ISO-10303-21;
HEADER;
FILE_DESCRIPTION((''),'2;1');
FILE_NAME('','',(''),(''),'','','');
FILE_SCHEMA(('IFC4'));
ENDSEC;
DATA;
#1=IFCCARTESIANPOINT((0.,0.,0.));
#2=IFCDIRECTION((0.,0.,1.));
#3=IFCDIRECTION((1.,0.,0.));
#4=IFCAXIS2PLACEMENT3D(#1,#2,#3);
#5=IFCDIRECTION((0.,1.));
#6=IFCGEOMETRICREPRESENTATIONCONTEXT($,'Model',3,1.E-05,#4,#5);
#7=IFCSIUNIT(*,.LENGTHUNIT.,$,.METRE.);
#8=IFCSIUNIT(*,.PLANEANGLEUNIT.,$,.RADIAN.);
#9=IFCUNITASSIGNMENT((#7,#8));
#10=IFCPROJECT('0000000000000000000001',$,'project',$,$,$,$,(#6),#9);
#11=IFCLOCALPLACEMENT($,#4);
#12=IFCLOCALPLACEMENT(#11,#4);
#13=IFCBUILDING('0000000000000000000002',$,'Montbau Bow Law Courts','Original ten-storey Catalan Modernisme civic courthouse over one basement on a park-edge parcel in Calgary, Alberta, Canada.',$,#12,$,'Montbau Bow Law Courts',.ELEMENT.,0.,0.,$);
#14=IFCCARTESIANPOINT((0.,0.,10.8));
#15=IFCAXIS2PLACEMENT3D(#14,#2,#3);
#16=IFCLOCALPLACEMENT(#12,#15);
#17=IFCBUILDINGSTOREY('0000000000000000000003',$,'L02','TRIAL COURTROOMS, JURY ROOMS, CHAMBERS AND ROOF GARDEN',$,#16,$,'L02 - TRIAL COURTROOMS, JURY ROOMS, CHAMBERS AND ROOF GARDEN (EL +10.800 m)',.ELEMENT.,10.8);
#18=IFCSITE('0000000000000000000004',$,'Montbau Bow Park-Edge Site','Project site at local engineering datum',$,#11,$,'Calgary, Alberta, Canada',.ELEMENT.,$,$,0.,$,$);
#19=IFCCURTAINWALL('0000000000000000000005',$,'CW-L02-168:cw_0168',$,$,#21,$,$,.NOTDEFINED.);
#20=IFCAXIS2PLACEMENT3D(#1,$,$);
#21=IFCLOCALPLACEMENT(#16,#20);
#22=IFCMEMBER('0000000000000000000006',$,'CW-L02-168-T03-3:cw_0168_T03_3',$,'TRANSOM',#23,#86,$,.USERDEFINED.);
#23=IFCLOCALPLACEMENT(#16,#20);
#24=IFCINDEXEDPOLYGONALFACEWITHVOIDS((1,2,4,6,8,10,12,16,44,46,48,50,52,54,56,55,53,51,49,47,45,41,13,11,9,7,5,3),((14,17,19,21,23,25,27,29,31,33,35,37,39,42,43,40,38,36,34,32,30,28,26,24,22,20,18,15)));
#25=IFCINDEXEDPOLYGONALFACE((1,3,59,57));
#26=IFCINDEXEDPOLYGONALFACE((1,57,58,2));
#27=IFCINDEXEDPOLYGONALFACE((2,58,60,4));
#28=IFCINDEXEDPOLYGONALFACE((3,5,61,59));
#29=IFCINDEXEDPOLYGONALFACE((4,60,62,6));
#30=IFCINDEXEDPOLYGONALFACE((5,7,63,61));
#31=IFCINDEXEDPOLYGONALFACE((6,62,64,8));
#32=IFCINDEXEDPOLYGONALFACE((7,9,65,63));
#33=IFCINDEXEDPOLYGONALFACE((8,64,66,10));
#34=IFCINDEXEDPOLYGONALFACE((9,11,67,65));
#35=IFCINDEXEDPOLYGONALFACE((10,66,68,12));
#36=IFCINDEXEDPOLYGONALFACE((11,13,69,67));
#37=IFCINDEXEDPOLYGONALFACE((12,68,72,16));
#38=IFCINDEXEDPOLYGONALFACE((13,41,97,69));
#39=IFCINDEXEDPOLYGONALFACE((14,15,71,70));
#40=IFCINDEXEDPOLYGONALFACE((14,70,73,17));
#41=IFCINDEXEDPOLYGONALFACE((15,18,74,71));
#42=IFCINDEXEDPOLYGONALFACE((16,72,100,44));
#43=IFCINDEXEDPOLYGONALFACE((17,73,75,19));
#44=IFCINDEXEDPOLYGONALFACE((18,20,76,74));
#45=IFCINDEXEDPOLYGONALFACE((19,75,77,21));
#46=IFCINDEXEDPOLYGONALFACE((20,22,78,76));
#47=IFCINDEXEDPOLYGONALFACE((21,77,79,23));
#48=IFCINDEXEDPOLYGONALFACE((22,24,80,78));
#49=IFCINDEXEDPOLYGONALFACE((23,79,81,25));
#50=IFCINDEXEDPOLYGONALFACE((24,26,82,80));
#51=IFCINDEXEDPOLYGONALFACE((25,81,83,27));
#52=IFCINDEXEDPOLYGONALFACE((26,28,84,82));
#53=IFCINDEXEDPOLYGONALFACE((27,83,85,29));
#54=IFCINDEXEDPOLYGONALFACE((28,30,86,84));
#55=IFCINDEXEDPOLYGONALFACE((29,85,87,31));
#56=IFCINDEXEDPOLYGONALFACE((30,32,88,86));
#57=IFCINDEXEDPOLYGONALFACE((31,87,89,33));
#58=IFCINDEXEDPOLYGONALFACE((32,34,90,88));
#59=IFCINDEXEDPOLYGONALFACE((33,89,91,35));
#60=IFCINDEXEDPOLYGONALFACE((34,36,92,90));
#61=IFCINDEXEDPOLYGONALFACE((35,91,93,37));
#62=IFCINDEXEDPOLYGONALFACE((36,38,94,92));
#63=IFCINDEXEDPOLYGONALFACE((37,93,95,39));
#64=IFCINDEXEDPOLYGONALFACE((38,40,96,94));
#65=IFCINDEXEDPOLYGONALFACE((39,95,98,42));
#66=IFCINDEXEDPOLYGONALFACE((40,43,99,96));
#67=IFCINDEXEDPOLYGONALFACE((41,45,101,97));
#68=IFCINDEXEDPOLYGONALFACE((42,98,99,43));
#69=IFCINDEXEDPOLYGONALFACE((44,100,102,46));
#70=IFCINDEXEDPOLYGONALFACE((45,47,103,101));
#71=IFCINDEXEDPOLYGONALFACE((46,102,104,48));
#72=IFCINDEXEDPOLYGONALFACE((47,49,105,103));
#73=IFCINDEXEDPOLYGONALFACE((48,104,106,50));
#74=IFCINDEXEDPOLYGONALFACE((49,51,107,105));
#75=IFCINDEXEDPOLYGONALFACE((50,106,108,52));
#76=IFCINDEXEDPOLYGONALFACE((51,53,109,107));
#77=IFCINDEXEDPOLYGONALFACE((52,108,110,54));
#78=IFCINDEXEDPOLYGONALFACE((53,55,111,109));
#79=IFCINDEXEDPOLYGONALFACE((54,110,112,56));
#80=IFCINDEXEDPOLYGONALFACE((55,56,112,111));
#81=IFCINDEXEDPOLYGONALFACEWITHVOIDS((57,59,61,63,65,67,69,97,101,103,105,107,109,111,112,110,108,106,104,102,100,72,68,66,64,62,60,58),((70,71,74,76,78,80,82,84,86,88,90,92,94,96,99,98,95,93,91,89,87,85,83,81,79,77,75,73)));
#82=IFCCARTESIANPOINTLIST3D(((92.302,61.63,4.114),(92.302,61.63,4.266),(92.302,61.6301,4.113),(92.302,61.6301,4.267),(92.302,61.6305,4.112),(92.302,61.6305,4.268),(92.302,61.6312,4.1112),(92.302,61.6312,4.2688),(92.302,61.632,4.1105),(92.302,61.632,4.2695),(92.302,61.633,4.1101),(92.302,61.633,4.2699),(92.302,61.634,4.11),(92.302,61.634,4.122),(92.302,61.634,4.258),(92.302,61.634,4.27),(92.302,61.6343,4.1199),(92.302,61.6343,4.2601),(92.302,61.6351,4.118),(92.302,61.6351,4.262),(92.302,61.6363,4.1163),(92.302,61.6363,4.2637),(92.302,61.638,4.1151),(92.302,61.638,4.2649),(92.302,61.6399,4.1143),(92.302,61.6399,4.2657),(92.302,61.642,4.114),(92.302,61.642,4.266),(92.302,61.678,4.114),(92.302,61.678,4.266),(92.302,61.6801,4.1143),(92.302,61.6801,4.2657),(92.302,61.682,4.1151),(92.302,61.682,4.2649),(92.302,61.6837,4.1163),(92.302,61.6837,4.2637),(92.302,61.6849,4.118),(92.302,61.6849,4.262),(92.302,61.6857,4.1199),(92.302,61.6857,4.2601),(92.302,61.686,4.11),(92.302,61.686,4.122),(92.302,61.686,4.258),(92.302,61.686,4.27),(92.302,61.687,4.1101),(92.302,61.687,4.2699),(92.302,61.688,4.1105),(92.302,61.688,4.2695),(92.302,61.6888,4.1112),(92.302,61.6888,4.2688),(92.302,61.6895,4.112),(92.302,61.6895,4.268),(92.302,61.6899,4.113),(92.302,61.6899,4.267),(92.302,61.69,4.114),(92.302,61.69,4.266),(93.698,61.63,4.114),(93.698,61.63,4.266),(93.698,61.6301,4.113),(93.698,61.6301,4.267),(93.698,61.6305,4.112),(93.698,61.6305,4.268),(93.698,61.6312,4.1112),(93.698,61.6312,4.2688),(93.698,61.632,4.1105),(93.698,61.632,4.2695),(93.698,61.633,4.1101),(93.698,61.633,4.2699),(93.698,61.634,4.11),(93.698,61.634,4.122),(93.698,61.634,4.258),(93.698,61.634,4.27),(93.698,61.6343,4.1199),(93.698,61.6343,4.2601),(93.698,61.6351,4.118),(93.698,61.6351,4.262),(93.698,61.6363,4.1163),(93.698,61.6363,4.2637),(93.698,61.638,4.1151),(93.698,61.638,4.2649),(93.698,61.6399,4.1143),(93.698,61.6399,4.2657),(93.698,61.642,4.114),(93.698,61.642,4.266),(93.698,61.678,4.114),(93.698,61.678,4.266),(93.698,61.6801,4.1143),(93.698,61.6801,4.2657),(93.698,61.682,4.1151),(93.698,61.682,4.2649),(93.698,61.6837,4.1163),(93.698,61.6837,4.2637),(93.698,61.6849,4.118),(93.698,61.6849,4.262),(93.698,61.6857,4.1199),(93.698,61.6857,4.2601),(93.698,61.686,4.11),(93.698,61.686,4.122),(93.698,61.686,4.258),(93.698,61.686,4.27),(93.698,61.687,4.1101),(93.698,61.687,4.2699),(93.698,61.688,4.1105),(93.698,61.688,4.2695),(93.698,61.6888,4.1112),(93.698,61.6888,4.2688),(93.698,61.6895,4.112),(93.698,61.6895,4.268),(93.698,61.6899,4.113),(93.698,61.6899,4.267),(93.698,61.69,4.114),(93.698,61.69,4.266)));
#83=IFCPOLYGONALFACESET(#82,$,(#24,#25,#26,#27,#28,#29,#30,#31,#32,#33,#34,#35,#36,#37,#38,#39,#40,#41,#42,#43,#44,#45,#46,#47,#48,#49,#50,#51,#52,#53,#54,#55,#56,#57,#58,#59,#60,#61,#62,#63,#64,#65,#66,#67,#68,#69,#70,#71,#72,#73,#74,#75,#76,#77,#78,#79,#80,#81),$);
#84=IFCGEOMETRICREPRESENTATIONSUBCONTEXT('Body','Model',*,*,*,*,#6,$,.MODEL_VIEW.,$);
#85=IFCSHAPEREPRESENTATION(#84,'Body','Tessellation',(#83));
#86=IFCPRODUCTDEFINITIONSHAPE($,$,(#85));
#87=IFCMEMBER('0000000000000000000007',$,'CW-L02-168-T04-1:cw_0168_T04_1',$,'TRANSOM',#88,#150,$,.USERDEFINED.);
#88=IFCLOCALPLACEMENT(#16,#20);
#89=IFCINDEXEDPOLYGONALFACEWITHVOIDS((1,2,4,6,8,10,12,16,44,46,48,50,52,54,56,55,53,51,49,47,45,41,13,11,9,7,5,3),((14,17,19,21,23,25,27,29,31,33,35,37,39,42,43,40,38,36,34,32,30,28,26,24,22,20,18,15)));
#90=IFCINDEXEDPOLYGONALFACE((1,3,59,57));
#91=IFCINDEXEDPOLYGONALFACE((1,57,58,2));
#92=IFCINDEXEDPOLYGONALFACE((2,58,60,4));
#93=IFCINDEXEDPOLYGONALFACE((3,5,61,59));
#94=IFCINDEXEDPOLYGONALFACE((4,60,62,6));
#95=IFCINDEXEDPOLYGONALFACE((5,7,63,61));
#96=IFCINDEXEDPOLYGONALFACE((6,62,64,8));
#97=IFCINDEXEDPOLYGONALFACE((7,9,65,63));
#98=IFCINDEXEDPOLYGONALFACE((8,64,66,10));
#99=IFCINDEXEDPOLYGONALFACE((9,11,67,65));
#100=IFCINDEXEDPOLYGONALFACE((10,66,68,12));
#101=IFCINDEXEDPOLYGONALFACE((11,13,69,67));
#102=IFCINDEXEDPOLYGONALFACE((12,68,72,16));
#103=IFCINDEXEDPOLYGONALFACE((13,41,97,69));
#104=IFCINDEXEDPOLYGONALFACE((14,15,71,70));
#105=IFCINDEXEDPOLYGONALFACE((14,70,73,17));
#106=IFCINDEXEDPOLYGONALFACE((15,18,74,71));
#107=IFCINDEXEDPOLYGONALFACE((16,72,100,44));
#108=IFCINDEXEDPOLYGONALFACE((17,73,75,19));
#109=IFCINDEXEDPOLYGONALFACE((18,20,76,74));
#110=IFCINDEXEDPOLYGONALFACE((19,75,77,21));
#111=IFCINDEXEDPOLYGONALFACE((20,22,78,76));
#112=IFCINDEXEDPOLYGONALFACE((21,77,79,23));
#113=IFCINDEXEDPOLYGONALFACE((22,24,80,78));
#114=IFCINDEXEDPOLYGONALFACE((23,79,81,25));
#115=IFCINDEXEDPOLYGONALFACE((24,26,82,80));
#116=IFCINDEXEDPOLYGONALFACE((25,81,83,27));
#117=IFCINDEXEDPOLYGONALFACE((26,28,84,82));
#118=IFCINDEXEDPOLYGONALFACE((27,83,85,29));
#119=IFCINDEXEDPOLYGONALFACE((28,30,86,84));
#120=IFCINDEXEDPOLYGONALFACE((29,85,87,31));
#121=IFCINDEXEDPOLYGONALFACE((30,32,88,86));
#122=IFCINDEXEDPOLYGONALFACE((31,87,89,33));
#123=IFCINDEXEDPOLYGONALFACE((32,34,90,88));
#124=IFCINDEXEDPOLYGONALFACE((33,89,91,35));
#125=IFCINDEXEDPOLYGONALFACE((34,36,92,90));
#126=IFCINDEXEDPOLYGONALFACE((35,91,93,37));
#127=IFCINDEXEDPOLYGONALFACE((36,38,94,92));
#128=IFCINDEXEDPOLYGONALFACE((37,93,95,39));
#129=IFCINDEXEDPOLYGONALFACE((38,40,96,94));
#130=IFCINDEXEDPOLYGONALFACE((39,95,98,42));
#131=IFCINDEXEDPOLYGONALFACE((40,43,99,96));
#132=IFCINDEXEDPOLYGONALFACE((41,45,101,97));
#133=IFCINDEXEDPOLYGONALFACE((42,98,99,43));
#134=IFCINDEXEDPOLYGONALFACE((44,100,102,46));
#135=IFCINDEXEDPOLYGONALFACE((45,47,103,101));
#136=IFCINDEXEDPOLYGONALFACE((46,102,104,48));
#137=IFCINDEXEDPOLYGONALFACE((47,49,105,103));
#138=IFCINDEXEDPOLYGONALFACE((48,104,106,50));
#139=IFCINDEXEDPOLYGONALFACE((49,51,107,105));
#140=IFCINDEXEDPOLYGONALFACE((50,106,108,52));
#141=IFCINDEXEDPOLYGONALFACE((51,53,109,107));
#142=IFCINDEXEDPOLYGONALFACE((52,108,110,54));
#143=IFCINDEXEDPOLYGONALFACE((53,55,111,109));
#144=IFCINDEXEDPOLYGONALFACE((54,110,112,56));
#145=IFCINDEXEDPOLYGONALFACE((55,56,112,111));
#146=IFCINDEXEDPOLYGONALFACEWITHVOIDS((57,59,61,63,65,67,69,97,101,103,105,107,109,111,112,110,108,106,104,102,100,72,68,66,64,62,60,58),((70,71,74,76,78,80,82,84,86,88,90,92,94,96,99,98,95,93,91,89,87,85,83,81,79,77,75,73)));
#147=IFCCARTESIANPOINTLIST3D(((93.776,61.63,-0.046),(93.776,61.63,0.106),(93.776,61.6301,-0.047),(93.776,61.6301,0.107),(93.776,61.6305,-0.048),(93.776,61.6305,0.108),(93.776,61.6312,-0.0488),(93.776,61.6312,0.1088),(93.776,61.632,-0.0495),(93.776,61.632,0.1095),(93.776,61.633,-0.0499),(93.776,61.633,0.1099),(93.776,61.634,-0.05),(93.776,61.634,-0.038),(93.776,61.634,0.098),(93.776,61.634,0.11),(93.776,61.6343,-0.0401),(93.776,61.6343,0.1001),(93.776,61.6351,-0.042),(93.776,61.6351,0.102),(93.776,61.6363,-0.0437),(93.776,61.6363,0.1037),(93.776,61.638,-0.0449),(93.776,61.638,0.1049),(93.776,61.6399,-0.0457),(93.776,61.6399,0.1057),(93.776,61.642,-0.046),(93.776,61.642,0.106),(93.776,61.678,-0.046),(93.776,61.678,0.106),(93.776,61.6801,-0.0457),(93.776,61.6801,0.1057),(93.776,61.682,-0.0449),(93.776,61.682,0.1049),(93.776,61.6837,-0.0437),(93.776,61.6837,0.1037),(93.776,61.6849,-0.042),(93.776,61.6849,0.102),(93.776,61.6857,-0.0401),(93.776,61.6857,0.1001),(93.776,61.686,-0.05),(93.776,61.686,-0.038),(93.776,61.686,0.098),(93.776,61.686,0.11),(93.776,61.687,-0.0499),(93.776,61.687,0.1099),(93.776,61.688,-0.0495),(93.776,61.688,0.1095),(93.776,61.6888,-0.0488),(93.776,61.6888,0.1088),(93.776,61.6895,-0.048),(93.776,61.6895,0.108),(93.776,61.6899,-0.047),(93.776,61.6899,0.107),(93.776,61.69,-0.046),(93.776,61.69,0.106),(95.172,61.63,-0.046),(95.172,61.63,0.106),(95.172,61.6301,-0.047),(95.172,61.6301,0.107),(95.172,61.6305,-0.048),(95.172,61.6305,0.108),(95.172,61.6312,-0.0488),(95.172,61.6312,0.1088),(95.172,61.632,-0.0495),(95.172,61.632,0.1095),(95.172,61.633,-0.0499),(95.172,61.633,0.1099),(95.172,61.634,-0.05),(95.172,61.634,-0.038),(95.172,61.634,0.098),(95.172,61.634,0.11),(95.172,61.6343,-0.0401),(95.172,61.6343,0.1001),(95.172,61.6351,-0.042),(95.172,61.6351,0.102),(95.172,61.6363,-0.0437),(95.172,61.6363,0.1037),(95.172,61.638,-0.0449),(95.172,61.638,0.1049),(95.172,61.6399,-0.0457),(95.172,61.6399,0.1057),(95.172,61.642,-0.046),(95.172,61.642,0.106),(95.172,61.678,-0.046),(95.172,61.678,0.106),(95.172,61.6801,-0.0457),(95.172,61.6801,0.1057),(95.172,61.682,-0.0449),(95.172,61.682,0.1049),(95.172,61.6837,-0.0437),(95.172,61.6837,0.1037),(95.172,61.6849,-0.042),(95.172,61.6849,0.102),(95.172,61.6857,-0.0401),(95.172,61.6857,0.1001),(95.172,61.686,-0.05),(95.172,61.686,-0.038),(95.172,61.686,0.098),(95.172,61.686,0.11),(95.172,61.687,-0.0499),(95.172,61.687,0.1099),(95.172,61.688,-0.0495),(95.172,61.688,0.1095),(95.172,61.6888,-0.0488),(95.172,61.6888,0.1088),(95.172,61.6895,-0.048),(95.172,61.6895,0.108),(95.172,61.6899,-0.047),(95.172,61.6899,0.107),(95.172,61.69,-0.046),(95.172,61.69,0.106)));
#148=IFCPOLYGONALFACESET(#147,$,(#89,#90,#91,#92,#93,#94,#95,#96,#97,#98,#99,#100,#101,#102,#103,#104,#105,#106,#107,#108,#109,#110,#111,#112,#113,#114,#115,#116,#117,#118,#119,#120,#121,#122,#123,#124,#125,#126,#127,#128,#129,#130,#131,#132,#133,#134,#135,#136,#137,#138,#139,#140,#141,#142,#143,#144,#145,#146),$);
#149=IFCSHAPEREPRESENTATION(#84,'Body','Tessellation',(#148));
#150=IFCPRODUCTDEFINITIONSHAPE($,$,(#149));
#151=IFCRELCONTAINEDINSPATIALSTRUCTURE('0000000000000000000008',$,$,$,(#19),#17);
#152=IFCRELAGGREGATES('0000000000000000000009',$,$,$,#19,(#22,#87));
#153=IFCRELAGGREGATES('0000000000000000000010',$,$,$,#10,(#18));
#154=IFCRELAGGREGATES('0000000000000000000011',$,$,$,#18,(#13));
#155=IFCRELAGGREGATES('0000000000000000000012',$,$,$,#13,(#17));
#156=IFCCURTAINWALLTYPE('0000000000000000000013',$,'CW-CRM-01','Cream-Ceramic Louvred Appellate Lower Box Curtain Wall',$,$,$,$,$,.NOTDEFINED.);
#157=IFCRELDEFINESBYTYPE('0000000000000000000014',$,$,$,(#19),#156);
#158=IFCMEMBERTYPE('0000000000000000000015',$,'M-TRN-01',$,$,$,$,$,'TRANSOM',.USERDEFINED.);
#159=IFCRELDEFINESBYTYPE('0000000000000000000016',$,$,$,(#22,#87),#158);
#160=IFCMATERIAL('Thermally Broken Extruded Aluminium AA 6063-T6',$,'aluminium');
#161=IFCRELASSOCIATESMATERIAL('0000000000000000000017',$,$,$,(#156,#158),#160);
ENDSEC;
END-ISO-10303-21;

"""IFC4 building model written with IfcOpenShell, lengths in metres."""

from ifc_helpers import new_model, si_unit, direction, frame, origin_with_axes, origin_2d_with_axis, place, context, subcontext, project, spatial, hollow_rectangle, extrude, material, material_profile, profile_set, type_object, element, aggregate, save


model = new_model("IFC4")

# Units and contexts
model_context = context("Model", 3, precision=1e-05, world=origin_with_axes(), true_north=direction((0.0, 1.0)))
body_context = subcontext(model_context, "Body", "Model", "MODEL_VIEW")
ifc_project = project(units=[si_unit("LENGTHUNIT", "METRE"), si_unit("PLANEANGLEUNIT", "RADIAN")], contexts=[model_context])

# Site, building, storey
site_placement = place(None, origin_with_axes())
site = spatial("IfcSite", under=ifc_project, at=site_placement, Name="Montbau Bow Park-Edge Site", Description="Project site at local engineering datum", LongName="Calgary, Alberta, Canada", CompositionType="ELEMENT", RefElevation=0.0)
building_placement = place(site_placement, origin_with_axes())
building = spatial("IfcBuilding", under=site, at=building_placement, Name="Montbau Bow Law Courts", Description="Original ten-storey Catalan Modernisme civic courthouse over one basement on a park-edge parcel in Calgary, Alberta, Canada.", LongName="Montbau Bow Law Courts", CompositionType="ELEMENT", ElevationOfRefHeight=0.0, ElevationOfTerrain=0.0)
storey_placement = place(building_placement, frame((0.0, 0.0, 10.8), z_axis=(0.0, 0.0, 1.0), x_axis=(1.0, 0.0, 0.0)))
storey = spatial("IfcBuildingStorey", under=building, at=storey_placement, Name="L02", Description="TRIAL COURTROOMS, JURY ROOMS, CHAMBERS AND ROOF GARDEN", LongName="L02 - TRIAL COURTROOMS, JURY ROOMS, CHAMBERS AND ROOF GARDEN (EL +10.800 m)", CompositionType="ELEMENT", Elevation=10.8)

# Curtain wall, members
ifc_material_1 = material(Name="Thermally Broken Extruded Aluminium AA 6063-T6", Category="aluminium")
curtain_wall_type = type_object("IfcCurtainWallType", Name="CW-CRM-01", Description="Cream-Ceramic Louvred Appellate Lower Box Curtain Wall", PredefinedType="NOTDEFINED", material=ifc_material_1)
curtain_wall_placement = place(None, frame((89.315, 61.66, 10.8), z_axis=(0.0, 0.0, 1.0), x_axis=(1.0, 0.0, 0.0)))
curtain_wall = element("IfcCurtainWall", 1, at=curtain_wall_placement, inside=storey, type_object=curtain_wall_type, Name="CW-L02-168:cw_0168", PredefinedType="NOTDEFINED")
ifc_material_profile_1 = material_profile(ifc_material_1, hollow_rectangle(XDim=0.06, YDim=0.16, WallThickness=0.004, InnerFilletRadius=0.008, OuterFilletRadius=0.004, at=origin_2d_with_axis()), Name="CWT-160X60", Category="Main", Priority=0)
ifc_profile_set_1 = profile_set([ifc_material_profile_1], Name="Thermally Broken Extruded Aluminium AA 6063-T6")
member_type_1 = type_object("IfcMemberType", Name="M-TRN-01", ElementType="TRANSOM", PredefinedType="USERDEFINED", material=ifc_profile_set_1)
member_1_placement = place(None, frame((92.302, 61.66, 14.99), z_axis=(1.0, 0.0, 0.0), x_axis=(0.0, 1.0, 0.0)))
member_1 = element("IfcMember", 2, at=member_1_placement, type_object=member_type_1, Name="CW-L02-168-T03-3:cw_0168_T03_3", ObjectType="TRANSOM", PredefinedType="USERDEFINED", context=body_context, shape_type="SweptSolid", body=[
    extrude(hollow_rectangle(XDim=0.06, YDim=0.16, WallThickness=0.004, InnerFilletRadius=0.008, OuterFilletRadius=0.004, at=origin_2d_with_axis()), origin_with_axes(), (0.0, 0.0, 1.0), 1.396),
])
member_2_placement = place(None, frame((93.776, 61.66, 10.83), z_axis=(1.0, 0.0, 0.0), x_axis=(0.0, 1.0, 0.0)))
member_2 = element("IfcMember", 3, at=member_2_placement, type_object=member_type_1, Name="CW-L02-168-T04-1:cw_0168_T04_1", ObjectType="TRANSOM", PredefinedType="USERDEFINED", context=body_context, shape_type="SweptSolid", body=[
    extrude(hollow_rectangle(XDim=0.06, YDim=0.16, WallThickness=0.004, InnerFilletRadius=0.008, OuterFilletRadius=0.004, at=origin_2d_with_axis()), origin_with_axes(), (0.0, 0.0, 1.0), 1.396),
])
aggregate(curtain_wall, [member_1, member_2])

save(model, "model.ifc")
